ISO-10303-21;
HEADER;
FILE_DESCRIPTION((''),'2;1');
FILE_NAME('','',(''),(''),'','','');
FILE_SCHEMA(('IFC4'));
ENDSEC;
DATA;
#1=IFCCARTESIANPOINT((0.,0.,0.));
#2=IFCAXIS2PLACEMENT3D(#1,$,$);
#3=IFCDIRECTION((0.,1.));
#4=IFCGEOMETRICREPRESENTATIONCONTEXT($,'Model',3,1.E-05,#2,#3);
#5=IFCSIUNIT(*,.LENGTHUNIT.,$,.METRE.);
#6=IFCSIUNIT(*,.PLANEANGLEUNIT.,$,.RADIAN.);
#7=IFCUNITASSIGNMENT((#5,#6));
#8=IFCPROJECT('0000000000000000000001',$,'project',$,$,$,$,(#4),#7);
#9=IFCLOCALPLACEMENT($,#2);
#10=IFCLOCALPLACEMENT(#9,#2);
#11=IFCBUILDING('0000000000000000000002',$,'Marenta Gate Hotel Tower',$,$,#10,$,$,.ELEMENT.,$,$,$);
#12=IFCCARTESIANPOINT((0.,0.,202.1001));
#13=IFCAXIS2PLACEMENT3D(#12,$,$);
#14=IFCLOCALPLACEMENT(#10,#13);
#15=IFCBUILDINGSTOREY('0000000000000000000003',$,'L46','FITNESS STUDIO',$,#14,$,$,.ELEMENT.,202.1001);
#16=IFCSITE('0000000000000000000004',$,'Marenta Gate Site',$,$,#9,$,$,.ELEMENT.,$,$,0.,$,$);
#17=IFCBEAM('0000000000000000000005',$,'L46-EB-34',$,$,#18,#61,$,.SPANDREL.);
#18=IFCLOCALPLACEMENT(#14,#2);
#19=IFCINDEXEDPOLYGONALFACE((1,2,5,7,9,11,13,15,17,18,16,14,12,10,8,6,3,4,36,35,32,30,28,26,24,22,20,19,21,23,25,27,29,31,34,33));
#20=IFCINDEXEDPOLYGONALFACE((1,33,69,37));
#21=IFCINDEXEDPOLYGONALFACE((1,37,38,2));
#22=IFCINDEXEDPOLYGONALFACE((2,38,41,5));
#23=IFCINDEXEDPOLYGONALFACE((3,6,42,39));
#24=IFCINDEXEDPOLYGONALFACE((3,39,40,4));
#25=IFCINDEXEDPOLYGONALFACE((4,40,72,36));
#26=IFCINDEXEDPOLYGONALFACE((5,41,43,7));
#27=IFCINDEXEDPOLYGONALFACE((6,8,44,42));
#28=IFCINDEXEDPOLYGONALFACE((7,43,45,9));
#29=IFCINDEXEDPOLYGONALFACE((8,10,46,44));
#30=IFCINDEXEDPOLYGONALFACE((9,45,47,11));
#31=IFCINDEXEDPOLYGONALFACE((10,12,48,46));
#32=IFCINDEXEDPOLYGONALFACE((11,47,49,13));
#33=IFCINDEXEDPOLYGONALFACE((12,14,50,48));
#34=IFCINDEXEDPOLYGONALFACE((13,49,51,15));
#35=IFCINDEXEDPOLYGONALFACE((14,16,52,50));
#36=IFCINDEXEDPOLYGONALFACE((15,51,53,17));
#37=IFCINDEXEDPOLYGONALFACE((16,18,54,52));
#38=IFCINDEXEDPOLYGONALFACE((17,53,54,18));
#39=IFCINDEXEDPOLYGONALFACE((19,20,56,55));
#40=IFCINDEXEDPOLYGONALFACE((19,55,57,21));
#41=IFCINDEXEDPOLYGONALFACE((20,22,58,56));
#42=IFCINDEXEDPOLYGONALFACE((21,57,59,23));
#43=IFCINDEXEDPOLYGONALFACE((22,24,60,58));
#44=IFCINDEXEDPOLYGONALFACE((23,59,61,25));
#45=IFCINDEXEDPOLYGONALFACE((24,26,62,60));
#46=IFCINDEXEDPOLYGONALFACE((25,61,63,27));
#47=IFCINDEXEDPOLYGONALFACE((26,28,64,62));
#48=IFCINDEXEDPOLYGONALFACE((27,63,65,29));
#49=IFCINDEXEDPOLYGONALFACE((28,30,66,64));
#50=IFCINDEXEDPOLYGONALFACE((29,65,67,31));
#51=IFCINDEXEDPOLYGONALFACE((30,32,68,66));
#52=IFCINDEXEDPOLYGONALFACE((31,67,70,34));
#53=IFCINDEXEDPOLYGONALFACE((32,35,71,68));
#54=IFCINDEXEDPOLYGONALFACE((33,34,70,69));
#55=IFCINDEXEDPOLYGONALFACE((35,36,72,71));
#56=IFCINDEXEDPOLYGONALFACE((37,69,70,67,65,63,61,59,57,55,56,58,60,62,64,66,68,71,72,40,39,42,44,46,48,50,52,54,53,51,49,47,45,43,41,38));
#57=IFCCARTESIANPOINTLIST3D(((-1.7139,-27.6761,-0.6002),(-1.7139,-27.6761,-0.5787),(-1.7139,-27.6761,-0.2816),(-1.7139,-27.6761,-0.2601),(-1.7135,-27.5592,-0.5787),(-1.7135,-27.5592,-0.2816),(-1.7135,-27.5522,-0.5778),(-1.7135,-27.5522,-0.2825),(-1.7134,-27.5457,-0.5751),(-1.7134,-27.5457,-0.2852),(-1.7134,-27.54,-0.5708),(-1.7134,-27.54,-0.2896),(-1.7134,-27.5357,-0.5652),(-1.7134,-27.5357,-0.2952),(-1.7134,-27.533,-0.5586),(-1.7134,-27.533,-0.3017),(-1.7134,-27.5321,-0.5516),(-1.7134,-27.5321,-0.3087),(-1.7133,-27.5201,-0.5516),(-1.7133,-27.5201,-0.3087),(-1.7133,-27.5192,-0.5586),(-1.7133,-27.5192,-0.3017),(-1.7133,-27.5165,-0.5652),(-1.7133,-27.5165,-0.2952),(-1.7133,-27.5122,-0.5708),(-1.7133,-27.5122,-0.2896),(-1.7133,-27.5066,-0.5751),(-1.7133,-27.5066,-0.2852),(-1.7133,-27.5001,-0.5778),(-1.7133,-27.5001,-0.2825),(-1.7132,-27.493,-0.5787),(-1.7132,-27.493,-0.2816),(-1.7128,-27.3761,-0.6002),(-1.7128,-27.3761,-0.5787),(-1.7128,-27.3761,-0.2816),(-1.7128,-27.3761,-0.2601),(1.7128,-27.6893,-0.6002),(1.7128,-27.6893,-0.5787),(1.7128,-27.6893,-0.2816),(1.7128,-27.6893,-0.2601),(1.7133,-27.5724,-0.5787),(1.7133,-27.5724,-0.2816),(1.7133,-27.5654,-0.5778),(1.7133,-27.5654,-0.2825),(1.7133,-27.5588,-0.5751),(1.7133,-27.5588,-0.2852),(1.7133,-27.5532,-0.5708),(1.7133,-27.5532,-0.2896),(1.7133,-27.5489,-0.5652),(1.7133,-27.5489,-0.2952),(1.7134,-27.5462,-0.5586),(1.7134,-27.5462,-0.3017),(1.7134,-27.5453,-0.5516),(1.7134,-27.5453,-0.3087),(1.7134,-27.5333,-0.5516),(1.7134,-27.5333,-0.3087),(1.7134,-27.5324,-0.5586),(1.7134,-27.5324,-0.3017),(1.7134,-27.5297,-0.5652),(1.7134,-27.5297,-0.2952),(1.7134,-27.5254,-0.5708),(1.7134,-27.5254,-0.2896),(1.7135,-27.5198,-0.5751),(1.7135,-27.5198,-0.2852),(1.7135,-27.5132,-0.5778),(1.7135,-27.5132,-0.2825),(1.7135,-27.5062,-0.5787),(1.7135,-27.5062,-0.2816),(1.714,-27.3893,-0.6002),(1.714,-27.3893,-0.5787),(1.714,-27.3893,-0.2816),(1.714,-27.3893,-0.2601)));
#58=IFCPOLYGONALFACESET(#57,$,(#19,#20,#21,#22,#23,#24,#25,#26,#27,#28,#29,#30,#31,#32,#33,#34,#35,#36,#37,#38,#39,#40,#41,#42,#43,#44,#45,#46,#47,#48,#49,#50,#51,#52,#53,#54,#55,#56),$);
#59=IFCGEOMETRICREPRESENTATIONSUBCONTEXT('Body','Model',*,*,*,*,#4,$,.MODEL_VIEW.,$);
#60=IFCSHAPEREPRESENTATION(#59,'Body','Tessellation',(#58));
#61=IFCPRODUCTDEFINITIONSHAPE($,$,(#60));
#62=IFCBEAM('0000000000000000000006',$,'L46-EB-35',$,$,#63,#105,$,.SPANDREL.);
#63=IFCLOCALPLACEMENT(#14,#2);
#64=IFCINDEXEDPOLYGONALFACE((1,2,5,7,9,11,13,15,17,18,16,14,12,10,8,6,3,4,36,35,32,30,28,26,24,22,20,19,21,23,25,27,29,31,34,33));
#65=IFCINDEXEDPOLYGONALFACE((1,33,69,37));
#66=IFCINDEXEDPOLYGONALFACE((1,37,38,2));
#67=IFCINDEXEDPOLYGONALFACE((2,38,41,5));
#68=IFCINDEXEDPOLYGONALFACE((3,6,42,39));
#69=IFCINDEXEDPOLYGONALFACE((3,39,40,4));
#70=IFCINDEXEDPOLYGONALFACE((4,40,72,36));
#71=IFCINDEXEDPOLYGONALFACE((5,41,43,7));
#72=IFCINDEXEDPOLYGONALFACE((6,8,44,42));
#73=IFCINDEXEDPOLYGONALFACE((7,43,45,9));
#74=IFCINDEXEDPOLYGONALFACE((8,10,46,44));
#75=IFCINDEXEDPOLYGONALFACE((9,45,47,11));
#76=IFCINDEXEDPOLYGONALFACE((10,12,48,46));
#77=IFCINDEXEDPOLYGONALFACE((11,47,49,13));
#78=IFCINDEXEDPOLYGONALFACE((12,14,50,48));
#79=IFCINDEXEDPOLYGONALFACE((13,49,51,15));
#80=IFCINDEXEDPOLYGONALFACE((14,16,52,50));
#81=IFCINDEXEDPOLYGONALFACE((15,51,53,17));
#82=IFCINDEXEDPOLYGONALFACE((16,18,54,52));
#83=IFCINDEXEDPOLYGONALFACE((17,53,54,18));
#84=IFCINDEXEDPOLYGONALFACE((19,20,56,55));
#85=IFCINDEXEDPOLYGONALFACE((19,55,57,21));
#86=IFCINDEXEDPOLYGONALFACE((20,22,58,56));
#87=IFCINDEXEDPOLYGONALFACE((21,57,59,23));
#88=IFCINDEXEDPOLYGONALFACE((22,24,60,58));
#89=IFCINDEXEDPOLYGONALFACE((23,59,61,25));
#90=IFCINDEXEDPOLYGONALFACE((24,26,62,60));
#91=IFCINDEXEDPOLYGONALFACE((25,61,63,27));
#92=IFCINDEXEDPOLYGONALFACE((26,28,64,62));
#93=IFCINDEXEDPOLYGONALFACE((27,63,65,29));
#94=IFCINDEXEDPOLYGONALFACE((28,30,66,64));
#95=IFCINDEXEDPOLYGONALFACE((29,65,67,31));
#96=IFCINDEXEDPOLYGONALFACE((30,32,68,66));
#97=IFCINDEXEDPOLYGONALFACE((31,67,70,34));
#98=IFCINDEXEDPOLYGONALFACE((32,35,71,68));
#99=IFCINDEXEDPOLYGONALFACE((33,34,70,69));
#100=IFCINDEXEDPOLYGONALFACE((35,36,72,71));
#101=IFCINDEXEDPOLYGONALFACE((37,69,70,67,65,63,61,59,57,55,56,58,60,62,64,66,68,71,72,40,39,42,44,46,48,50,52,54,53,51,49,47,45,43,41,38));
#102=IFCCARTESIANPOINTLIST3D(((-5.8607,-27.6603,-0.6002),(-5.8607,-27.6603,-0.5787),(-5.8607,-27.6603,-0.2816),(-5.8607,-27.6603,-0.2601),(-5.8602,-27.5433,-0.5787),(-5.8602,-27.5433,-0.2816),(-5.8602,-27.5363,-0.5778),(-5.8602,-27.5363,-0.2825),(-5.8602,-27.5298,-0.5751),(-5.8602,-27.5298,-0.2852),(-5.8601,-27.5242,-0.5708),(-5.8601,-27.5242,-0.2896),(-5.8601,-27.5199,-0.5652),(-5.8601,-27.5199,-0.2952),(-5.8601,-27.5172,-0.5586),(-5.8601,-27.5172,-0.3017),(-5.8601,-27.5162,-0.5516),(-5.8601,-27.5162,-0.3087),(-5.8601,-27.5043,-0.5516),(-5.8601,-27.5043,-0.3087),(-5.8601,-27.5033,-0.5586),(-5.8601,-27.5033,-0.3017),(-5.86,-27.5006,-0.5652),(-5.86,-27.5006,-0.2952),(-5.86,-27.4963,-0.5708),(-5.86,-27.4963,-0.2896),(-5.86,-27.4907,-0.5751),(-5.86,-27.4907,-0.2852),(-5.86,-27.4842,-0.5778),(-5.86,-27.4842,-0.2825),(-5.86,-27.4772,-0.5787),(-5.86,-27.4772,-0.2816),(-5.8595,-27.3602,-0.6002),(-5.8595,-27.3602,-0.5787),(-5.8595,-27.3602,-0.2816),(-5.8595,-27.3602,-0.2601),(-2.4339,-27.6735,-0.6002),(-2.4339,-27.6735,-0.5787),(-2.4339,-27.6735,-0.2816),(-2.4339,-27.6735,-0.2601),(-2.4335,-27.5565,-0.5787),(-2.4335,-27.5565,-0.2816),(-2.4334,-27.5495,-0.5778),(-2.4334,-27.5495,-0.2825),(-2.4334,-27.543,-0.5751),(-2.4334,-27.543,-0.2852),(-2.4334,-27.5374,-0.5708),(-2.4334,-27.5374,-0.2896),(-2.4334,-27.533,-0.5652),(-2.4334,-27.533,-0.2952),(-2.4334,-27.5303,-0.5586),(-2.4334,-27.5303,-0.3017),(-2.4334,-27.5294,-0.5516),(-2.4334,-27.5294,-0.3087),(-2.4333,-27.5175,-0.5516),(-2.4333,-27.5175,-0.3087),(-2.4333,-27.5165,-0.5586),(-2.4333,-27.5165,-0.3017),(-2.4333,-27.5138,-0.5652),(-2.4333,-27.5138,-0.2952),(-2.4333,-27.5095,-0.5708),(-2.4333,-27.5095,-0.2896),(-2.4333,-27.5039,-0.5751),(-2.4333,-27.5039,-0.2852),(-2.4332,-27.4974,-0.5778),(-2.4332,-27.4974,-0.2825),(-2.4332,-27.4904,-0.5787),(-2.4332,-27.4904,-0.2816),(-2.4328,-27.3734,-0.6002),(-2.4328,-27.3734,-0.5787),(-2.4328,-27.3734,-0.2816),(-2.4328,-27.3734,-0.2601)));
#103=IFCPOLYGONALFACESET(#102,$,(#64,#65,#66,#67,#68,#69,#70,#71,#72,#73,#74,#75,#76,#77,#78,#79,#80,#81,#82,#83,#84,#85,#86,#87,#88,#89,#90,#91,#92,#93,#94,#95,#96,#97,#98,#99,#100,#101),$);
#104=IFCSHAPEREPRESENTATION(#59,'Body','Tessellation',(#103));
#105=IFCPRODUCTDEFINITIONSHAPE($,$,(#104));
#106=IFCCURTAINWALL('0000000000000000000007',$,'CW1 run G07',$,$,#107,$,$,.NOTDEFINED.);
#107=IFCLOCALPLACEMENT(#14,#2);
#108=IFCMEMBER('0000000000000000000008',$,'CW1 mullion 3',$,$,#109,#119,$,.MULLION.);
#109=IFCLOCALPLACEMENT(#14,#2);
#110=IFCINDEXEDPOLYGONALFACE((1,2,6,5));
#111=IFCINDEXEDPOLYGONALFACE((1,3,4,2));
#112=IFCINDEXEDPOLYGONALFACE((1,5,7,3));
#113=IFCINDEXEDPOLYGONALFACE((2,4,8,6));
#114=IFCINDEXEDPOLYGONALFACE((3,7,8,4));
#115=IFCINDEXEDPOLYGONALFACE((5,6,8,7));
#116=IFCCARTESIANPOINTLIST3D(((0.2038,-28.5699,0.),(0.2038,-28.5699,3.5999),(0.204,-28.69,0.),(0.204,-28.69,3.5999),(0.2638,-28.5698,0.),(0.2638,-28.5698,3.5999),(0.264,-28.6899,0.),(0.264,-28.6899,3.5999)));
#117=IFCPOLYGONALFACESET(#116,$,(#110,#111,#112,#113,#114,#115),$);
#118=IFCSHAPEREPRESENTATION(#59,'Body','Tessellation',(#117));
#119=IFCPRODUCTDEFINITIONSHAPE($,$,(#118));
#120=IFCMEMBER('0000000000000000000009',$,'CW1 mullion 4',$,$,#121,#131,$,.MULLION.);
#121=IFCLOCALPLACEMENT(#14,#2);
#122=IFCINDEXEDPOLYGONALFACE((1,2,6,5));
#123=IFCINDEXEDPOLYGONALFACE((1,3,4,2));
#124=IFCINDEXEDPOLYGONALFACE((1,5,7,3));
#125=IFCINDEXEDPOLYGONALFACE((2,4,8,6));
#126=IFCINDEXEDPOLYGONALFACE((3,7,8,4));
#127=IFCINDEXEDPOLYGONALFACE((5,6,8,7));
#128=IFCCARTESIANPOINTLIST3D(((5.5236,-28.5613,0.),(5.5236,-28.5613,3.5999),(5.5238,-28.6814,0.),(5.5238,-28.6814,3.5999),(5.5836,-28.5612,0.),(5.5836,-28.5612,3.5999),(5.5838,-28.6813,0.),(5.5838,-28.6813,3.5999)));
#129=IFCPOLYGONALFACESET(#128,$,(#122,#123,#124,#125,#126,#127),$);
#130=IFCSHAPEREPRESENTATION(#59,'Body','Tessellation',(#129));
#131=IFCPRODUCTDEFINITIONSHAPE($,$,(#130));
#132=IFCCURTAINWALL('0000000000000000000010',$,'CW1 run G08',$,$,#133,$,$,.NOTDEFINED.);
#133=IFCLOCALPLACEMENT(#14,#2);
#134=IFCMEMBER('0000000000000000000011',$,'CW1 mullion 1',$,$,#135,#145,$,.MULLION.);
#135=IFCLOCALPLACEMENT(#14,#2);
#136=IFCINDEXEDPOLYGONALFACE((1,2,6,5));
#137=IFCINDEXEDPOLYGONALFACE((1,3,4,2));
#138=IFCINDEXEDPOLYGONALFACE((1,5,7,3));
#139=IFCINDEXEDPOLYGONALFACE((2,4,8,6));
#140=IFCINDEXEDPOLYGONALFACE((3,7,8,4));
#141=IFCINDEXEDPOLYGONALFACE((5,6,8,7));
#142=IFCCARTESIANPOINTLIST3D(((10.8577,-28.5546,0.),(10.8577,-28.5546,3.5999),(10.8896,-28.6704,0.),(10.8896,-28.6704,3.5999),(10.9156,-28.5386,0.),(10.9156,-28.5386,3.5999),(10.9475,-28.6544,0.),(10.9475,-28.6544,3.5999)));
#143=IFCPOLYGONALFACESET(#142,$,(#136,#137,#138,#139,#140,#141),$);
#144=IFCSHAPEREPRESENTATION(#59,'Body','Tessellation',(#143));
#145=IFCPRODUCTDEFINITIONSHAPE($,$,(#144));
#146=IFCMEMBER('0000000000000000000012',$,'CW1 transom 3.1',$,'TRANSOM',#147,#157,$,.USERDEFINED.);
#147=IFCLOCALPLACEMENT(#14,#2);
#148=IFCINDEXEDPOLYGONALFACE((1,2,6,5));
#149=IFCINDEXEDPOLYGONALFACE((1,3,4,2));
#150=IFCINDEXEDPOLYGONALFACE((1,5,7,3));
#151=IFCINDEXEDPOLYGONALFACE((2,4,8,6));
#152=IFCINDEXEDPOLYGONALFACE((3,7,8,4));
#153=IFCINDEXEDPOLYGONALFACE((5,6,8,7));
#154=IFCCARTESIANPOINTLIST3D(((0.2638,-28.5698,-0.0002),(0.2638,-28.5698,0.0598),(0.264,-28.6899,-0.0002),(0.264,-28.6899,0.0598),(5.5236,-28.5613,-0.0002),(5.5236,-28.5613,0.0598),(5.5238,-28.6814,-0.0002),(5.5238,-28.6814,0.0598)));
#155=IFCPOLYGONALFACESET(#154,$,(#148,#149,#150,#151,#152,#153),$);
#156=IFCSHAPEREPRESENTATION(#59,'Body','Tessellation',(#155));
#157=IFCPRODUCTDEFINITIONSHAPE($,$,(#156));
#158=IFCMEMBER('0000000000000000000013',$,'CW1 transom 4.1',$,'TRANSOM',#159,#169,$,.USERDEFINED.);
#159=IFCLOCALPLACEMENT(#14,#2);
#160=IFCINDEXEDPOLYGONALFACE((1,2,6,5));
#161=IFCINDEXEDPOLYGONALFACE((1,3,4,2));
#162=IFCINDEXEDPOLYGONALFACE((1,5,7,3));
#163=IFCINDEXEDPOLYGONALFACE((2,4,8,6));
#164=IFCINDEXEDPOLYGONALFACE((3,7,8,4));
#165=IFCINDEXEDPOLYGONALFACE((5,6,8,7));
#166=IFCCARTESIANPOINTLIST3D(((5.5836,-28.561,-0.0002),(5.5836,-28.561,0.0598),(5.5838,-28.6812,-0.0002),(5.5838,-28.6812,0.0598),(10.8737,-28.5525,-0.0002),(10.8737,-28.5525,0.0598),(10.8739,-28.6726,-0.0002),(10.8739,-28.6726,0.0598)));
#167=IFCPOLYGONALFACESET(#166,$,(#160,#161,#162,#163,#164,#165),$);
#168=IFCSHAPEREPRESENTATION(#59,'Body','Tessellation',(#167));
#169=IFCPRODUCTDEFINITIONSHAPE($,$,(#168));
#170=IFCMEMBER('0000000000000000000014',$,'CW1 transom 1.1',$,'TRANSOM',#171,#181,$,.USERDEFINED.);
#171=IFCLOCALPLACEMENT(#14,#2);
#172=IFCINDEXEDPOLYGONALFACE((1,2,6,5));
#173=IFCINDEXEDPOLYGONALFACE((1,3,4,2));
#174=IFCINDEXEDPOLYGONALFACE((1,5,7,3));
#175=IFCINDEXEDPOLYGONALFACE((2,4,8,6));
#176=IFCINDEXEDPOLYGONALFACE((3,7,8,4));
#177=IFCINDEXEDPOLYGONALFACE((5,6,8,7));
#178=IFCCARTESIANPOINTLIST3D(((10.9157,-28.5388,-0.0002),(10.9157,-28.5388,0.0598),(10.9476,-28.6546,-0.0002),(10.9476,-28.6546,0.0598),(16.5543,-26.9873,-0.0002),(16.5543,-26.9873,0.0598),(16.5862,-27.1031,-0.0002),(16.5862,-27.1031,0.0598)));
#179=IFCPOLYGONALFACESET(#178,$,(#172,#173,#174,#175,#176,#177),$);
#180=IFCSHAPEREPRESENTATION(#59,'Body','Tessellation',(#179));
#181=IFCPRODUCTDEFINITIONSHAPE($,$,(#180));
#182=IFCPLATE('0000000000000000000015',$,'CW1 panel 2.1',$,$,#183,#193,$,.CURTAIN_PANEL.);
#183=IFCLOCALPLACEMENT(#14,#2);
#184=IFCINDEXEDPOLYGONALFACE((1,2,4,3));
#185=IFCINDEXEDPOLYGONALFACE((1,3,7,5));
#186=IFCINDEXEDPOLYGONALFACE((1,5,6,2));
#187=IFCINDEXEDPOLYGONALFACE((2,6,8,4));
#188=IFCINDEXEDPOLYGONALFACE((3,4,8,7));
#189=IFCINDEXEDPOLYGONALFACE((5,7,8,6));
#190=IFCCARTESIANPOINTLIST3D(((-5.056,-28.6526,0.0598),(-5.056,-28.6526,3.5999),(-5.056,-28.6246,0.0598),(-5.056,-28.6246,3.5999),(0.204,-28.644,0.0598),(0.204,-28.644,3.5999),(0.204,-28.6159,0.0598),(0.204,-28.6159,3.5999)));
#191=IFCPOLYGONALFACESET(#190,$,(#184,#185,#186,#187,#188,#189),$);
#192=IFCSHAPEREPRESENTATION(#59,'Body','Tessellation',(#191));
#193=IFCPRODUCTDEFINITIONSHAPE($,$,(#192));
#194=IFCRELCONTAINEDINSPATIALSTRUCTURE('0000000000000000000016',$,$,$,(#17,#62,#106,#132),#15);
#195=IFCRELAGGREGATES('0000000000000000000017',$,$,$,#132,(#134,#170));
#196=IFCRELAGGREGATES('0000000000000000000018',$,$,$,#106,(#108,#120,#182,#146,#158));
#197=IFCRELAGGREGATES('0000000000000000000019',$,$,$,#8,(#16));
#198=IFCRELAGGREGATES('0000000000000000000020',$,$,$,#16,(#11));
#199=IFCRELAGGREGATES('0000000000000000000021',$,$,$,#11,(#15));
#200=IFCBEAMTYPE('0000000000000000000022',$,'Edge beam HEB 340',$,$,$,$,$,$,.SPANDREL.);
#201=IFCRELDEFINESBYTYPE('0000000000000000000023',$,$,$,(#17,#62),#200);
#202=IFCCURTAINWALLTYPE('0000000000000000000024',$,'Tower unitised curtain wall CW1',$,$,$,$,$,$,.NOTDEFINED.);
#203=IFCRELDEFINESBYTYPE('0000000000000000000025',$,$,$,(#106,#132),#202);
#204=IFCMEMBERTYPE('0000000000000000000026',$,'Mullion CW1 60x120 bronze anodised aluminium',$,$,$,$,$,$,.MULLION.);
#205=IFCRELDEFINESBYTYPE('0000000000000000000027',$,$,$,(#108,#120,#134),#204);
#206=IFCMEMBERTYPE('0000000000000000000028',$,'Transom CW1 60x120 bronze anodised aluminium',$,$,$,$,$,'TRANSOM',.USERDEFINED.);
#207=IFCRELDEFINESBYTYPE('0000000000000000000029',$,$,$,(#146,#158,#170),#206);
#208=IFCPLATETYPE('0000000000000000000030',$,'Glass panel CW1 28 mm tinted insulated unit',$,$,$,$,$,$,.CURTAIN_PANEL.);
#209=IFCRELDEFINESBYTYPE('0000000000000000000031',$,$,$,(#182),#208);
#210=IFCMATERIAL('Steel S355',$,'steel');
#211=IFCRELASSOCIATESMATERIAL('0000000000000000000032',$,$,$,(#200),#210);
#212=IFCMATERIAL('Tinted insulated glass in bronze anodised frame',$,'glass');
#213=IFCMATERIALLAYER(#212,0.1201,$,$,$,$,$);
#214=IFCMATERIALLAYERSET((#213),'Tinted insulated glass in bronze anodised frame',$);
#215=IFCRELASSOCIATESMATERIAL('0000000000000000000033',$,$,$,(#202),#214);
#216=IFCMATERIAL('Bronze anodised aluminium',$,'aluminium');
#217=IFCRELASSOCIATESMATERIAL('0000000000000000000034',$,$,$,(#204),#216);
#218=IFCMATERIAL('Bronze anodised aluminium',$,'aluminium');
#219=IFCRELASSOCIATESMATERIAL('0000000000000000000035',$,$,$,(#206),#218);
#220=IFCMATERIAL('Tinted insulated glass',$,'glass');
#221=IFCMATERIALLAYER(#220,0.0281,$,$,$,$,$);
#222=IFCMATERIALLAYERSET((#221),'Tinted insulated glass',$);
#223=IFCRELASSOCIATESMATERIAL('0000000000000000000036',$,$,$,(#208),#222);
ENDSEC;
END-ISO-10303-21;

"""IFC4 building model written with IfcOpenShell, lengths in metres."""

from ifc_helpers import new_model, si_unit, direction, frame, origin, origin_2d, place, context, subcontext, project, spatial, rectangle, i_section, extrude, material, layer, layer_set, material_profile, profile_set, type_object, element, aggregate, save


model = new_model("IFC4")

# Units and contexts
model_context = context("Model", 3, precision=1e-05, world=origin(), true_north=direction((0.0, 1.0)))
body_context = subcontext(model_context, "Body", "Model", "MODEL_VIEW")
ifc_project = project(units=[si_unit("LENGTHUNIT", "METRE"), si_unit("PLANEANGLEUNIT", "RADIAN")], contexts=[model_context])

# Site, building, storey
site_placement = place(None, origin())
site = spatial("IfcSite", under=ifc_project, at=site_placement, Name="Marenta Gate Site", CompositionType="ELEMENT", RefElevation=0.0)
building_placement = place(site_placement, origin())
building = spatial("IfcBuilding", under=site, at=building_placement, Name="Marenta Gate Hotel Tower", CompositionType="ELEMENT")
storey_placement = place(building_placement, frame((0.0, 0.0, 202.1001)))
storey = spatial("IfcBuildingStorey", under=building, at=storey_placement, Name="L46", Description="FITNESS STUDIO", CompositionType="ELEMENT", Elevation=202.1001)

# Beams
ifc_material_1 = material(Name="Steel S355", Category="steel")
ifc_material_profile_1 = material_profile(ifc_material_1, i_section(OverallWidth=0.3, OverallDepth=0.3401, WebThickness=0.012, FlangeThickness=0.0215, FilletRadius=0.0271, at=origin_2d()), Name="HEB 340")
ifc_profile_set_1 = profile_set([ifc_material_profile_1], Name="Steel S355")
beam_type = type_object("IfcBeamType", Name="Edge beam HEB 340", PredefinedType="SPANDREL", material=ifc_profile_set_1)
for number, where, z_axis, x_axis, name in (
    (1, (1.7134, -27.5393, -0.4302), (-0.999993, 0.003847, 0.0), (-0.003847, -0.999993, 0.0), "L46-EB-34"),
    (2, (-2.4333, -27.5234, -0.4302), (-0.999993, 0.003847, 0.0), (-0.003847, -0.999993, 0.0), "L46-EB-35"),
):
    element("IfcBeam", number, at=place(storey_placement, frame(where, z_axis=z_axis, x_axis=x_axis)), inside=storey, type_object=beam_type, Name=name, PredefinedType="SPANDREL", context=body_context, shape_type="SweptSolid", body=[
        extrude(i_section(OverallWidth=0.3, OverallDepth=0.3401, WebThickness=0.012, FlangeThickness=0.0215, FilletRadius=0.0271, at=origin_2d()), origin(), (0.0, 0.0, 1.0), 3.4268),
    ])

# Curtain wall, members
ifc_material_2 = material(Name="Tinted insulated glass in bronze anodised frame", Category="glass")
ifc_layer_1 = layer(ifc_material_2, 0.1201)
ifc_layer_set_1 = layer_set([ifc_layer_1], Name="Tinted insulated glass in bronze anodised frame")
curtain_wall_type = type_object("IfcCurtainWallType", Name="Tower unitised curtain wall CW1", PredefinedType="NOTDEFINED", material=ifc_layer_set_1)
curtain_wall_1_placement = place(storey_placement, origin())
curtain_wall_1 = element("IfcCurtainWall", 3, at=curtain_wall_1_placement, inside=storey, type_object=curtain_wall_type, Name="CW1 run G07", PredefinedType="NOTDEFINED")
ifc_material_3 = material(Name="Bronze anodised aluminium", Category="aluminium")
ifc_material_profile_2 = material_profile(ifc_material_3, rectangle(XDim=0.1201, YDim=0.0601, at=origin_2d()), Name="Mullion CW1 60x120 bronze anodised aluminium")
ifc_profile_set_2 = profile_set([ifc_material_profile_2], Name="Bronze anodised aluminium")
member_type_1 = type_object("IfcMemberType", Name="Mullion CW1 60x120 bronze anodised aluminium", PredefinedType="MULLION", material=ifc_profile_set_2)
member_1_placement = place(storey_placement, frame((0.2339, -28.6299, 0.0), z_axis=(0.0, 0.0, 1.0), x_axis=(-0.001645, 0.999999, 0.0)))
member_1 = element("IfcMember", 4, at=member_1_placement, type_object=member_type_1, Name="CW1 mullion 3", PredefinedType="MULLION", context=body_context, shape_type="SweptSolid", body=[
    extrude(rectangle(XDim=0.1201, YDim=0.0601, at=origin_2d()), origin(), (0.0, 0.0, 1.0), 3.5999),
])
member_2_placement = place(storey_placement, frame((5.5537, -28.6213, 0.0), z_axis=(0.0, 0.0, 1.0), x_axis=(-0.001645, 0.999999, 0.0)))
member_2 = element("IfcMember", 5, at=member_2_placement, type_object=member_type_1, Name="CW1 mullion 4", PredefinedType="MULLION", context=body_context, shape_type="SweptSolid", body=[
    extrude(rectangle(XDim=0.1201, YDim=0.0601, at=origin_2d()), origin(), (0.0, 0.0, 1.0), 3.5999),
])

# Curtain wall, member
curtain_wall_2_placement = place(storey_placement, origin())
curtain_wall_2 = element("IfcCurtainWall", 6, at=curtain_wall_2_placement, inside=storey, type_object=curtain_wall_type, Name="CW1 run G08", PredefinedType="NOTDEFINED")
member_3_placement = place(storey_placement, frame((10.9026, -28.6045, 0.0), z_axis=(0.0, 0.0, 1.0), x_axis=(-0.265293, 0.964168, 0.0)))
member_3 = element("IfcMember", 7, at=member_3_placement, type_object=member_type_1, Name="CW1 mullion 1", PredefinedType="MULLION", context=body_context, shape_type="SweptSolid", body=[
    extrude(rectangle(XDim=0.1201, YDim=0.0601, at=origin_2d()), origin(), (0.0, 0.0, 1.0), 3.5999),
])

# Members
ifc_material_4 = material(Name="Bronze anodised aluminium", Category="aluminium")
ifc_material_profile_3 = material_profile(ifc_material_4, rectangle(XDim=0.1201, YDim=0.0601, at=origin_2d()), Name="Transom CW1 60x120 bronze anodised aluminium")
ifc_profile_set_3 = profile_set([ifc_material_profile_3], Name="Bronze anodised aluminium")
member_type_2 = type_object("IfcMemberType", Name="Transom CW1 60x120 bronze anodised aluminium", ElementType="TRANSOM", PredefinedType="USERDEFINED", material=ifc_profile_set_3)
member_4_placement = place(storey_placement, frame((0.2639, -28.6299, 0.0298), z_axis=(0.999999, 0.001625, 0.0), x_axis=(-0.001625, 0.999999, 0.0)))
member_4 = element("IfcMember", 8, at=member_4_placement, type_object=member_type_2, Name="CW1 transom 3.1", ObjectType="TRANSOM", PredefinedType="USERDEFINED", context=body_context, shape_type="SweptSolid", body=[
    extrude(rectangle(XDim=0.1201, YDim=0.0601, at=origin_2d()), origin(), (0.0, 0.0, 1.0), 5.2598),
])
member_5_placement = place(storey_placement, frame((5.5837, -28.6211, 0.0298), z_axis=(0.999999, 0.001615, 0.0), x_axis=(-0.001615, 0.999999, 0.0)))
member_5 = element("IfcMember", 9, at=member_5_placement, type_object=member_type_2, Name="CW1 transom 4.1", ObjectType="TRANSOM", PredefinedType="USERDEFINED", context=body_context, shape_type="SweptSolid", body=[
    extrude(rectangle(XDim=0.1201, YDim=0.0601, at=origin_2d()), origin(), (0.0, 0.0, 1.0), 5.29),
])
member_6_placement = place(storey_placement, frame((10.9316, -28.5967, 0.0298), z_axis=(0.964167, 0.265296, 0.0), x_axis=(-0.265296, 0.964167, 0.0)))
member_6 = element("IfcMember", 10, at=member_6_placement, type_object=member_type_2, Name="CW1 transom 1.1", ObjectType="TRANSOM", PredefinedType="USERDEFINED", context=body_context, shape_type="SweptSolid", body=[
    extrude(rectangle(XDim=0.1201, YDim=0.0601, at=origin_2d()), origin(), (0.0, 0.0, 1.0), 5.8481),
])
aggregate(curtain_wall_2, [member_3, member_6])

# Plate
ifc_material_5 = material(Name="Tinted insulated glass", Category="glass")
ifc_layer_2 = layer(ifc_material_5, 0.0281)
ifc_layer_set_2 = layer_set([ifc_layer_2], Name="Tinted insulated glass")
plate_type = type_object("IfcPlateType", Name="Glass panel CW1 28 mm tinted insulated unit", PredefinedType="CURTAIN_PANEL", material=ifc_layer_set_2)
plate_1_placement = place(storey_placement, frame((-2.426, -28.6343, 0.0598), z_axis=(0.0, 0.0, 1.0), x_axis=(0.999999, 0.001645, 0.0)))
plate_1 = element("IfcPlate", 11, at=plate_1_placement, type_object=plate_type, Name="CW1 panel 2.1", PredefinedType="CURTAIN_PANEL", context=body_context, shape_type="SweptSolid", body=[
    extrude(rectangle(XDim=5.26, YDim=0.0281, at=origin_2d()), origin(), (0.0, 0.0, 1.0), 3.54),
])
aggregate(curtain_wall_1, [member_1, member_2, plate_1, member_4, member_5])

save(model, "model.ifc")
